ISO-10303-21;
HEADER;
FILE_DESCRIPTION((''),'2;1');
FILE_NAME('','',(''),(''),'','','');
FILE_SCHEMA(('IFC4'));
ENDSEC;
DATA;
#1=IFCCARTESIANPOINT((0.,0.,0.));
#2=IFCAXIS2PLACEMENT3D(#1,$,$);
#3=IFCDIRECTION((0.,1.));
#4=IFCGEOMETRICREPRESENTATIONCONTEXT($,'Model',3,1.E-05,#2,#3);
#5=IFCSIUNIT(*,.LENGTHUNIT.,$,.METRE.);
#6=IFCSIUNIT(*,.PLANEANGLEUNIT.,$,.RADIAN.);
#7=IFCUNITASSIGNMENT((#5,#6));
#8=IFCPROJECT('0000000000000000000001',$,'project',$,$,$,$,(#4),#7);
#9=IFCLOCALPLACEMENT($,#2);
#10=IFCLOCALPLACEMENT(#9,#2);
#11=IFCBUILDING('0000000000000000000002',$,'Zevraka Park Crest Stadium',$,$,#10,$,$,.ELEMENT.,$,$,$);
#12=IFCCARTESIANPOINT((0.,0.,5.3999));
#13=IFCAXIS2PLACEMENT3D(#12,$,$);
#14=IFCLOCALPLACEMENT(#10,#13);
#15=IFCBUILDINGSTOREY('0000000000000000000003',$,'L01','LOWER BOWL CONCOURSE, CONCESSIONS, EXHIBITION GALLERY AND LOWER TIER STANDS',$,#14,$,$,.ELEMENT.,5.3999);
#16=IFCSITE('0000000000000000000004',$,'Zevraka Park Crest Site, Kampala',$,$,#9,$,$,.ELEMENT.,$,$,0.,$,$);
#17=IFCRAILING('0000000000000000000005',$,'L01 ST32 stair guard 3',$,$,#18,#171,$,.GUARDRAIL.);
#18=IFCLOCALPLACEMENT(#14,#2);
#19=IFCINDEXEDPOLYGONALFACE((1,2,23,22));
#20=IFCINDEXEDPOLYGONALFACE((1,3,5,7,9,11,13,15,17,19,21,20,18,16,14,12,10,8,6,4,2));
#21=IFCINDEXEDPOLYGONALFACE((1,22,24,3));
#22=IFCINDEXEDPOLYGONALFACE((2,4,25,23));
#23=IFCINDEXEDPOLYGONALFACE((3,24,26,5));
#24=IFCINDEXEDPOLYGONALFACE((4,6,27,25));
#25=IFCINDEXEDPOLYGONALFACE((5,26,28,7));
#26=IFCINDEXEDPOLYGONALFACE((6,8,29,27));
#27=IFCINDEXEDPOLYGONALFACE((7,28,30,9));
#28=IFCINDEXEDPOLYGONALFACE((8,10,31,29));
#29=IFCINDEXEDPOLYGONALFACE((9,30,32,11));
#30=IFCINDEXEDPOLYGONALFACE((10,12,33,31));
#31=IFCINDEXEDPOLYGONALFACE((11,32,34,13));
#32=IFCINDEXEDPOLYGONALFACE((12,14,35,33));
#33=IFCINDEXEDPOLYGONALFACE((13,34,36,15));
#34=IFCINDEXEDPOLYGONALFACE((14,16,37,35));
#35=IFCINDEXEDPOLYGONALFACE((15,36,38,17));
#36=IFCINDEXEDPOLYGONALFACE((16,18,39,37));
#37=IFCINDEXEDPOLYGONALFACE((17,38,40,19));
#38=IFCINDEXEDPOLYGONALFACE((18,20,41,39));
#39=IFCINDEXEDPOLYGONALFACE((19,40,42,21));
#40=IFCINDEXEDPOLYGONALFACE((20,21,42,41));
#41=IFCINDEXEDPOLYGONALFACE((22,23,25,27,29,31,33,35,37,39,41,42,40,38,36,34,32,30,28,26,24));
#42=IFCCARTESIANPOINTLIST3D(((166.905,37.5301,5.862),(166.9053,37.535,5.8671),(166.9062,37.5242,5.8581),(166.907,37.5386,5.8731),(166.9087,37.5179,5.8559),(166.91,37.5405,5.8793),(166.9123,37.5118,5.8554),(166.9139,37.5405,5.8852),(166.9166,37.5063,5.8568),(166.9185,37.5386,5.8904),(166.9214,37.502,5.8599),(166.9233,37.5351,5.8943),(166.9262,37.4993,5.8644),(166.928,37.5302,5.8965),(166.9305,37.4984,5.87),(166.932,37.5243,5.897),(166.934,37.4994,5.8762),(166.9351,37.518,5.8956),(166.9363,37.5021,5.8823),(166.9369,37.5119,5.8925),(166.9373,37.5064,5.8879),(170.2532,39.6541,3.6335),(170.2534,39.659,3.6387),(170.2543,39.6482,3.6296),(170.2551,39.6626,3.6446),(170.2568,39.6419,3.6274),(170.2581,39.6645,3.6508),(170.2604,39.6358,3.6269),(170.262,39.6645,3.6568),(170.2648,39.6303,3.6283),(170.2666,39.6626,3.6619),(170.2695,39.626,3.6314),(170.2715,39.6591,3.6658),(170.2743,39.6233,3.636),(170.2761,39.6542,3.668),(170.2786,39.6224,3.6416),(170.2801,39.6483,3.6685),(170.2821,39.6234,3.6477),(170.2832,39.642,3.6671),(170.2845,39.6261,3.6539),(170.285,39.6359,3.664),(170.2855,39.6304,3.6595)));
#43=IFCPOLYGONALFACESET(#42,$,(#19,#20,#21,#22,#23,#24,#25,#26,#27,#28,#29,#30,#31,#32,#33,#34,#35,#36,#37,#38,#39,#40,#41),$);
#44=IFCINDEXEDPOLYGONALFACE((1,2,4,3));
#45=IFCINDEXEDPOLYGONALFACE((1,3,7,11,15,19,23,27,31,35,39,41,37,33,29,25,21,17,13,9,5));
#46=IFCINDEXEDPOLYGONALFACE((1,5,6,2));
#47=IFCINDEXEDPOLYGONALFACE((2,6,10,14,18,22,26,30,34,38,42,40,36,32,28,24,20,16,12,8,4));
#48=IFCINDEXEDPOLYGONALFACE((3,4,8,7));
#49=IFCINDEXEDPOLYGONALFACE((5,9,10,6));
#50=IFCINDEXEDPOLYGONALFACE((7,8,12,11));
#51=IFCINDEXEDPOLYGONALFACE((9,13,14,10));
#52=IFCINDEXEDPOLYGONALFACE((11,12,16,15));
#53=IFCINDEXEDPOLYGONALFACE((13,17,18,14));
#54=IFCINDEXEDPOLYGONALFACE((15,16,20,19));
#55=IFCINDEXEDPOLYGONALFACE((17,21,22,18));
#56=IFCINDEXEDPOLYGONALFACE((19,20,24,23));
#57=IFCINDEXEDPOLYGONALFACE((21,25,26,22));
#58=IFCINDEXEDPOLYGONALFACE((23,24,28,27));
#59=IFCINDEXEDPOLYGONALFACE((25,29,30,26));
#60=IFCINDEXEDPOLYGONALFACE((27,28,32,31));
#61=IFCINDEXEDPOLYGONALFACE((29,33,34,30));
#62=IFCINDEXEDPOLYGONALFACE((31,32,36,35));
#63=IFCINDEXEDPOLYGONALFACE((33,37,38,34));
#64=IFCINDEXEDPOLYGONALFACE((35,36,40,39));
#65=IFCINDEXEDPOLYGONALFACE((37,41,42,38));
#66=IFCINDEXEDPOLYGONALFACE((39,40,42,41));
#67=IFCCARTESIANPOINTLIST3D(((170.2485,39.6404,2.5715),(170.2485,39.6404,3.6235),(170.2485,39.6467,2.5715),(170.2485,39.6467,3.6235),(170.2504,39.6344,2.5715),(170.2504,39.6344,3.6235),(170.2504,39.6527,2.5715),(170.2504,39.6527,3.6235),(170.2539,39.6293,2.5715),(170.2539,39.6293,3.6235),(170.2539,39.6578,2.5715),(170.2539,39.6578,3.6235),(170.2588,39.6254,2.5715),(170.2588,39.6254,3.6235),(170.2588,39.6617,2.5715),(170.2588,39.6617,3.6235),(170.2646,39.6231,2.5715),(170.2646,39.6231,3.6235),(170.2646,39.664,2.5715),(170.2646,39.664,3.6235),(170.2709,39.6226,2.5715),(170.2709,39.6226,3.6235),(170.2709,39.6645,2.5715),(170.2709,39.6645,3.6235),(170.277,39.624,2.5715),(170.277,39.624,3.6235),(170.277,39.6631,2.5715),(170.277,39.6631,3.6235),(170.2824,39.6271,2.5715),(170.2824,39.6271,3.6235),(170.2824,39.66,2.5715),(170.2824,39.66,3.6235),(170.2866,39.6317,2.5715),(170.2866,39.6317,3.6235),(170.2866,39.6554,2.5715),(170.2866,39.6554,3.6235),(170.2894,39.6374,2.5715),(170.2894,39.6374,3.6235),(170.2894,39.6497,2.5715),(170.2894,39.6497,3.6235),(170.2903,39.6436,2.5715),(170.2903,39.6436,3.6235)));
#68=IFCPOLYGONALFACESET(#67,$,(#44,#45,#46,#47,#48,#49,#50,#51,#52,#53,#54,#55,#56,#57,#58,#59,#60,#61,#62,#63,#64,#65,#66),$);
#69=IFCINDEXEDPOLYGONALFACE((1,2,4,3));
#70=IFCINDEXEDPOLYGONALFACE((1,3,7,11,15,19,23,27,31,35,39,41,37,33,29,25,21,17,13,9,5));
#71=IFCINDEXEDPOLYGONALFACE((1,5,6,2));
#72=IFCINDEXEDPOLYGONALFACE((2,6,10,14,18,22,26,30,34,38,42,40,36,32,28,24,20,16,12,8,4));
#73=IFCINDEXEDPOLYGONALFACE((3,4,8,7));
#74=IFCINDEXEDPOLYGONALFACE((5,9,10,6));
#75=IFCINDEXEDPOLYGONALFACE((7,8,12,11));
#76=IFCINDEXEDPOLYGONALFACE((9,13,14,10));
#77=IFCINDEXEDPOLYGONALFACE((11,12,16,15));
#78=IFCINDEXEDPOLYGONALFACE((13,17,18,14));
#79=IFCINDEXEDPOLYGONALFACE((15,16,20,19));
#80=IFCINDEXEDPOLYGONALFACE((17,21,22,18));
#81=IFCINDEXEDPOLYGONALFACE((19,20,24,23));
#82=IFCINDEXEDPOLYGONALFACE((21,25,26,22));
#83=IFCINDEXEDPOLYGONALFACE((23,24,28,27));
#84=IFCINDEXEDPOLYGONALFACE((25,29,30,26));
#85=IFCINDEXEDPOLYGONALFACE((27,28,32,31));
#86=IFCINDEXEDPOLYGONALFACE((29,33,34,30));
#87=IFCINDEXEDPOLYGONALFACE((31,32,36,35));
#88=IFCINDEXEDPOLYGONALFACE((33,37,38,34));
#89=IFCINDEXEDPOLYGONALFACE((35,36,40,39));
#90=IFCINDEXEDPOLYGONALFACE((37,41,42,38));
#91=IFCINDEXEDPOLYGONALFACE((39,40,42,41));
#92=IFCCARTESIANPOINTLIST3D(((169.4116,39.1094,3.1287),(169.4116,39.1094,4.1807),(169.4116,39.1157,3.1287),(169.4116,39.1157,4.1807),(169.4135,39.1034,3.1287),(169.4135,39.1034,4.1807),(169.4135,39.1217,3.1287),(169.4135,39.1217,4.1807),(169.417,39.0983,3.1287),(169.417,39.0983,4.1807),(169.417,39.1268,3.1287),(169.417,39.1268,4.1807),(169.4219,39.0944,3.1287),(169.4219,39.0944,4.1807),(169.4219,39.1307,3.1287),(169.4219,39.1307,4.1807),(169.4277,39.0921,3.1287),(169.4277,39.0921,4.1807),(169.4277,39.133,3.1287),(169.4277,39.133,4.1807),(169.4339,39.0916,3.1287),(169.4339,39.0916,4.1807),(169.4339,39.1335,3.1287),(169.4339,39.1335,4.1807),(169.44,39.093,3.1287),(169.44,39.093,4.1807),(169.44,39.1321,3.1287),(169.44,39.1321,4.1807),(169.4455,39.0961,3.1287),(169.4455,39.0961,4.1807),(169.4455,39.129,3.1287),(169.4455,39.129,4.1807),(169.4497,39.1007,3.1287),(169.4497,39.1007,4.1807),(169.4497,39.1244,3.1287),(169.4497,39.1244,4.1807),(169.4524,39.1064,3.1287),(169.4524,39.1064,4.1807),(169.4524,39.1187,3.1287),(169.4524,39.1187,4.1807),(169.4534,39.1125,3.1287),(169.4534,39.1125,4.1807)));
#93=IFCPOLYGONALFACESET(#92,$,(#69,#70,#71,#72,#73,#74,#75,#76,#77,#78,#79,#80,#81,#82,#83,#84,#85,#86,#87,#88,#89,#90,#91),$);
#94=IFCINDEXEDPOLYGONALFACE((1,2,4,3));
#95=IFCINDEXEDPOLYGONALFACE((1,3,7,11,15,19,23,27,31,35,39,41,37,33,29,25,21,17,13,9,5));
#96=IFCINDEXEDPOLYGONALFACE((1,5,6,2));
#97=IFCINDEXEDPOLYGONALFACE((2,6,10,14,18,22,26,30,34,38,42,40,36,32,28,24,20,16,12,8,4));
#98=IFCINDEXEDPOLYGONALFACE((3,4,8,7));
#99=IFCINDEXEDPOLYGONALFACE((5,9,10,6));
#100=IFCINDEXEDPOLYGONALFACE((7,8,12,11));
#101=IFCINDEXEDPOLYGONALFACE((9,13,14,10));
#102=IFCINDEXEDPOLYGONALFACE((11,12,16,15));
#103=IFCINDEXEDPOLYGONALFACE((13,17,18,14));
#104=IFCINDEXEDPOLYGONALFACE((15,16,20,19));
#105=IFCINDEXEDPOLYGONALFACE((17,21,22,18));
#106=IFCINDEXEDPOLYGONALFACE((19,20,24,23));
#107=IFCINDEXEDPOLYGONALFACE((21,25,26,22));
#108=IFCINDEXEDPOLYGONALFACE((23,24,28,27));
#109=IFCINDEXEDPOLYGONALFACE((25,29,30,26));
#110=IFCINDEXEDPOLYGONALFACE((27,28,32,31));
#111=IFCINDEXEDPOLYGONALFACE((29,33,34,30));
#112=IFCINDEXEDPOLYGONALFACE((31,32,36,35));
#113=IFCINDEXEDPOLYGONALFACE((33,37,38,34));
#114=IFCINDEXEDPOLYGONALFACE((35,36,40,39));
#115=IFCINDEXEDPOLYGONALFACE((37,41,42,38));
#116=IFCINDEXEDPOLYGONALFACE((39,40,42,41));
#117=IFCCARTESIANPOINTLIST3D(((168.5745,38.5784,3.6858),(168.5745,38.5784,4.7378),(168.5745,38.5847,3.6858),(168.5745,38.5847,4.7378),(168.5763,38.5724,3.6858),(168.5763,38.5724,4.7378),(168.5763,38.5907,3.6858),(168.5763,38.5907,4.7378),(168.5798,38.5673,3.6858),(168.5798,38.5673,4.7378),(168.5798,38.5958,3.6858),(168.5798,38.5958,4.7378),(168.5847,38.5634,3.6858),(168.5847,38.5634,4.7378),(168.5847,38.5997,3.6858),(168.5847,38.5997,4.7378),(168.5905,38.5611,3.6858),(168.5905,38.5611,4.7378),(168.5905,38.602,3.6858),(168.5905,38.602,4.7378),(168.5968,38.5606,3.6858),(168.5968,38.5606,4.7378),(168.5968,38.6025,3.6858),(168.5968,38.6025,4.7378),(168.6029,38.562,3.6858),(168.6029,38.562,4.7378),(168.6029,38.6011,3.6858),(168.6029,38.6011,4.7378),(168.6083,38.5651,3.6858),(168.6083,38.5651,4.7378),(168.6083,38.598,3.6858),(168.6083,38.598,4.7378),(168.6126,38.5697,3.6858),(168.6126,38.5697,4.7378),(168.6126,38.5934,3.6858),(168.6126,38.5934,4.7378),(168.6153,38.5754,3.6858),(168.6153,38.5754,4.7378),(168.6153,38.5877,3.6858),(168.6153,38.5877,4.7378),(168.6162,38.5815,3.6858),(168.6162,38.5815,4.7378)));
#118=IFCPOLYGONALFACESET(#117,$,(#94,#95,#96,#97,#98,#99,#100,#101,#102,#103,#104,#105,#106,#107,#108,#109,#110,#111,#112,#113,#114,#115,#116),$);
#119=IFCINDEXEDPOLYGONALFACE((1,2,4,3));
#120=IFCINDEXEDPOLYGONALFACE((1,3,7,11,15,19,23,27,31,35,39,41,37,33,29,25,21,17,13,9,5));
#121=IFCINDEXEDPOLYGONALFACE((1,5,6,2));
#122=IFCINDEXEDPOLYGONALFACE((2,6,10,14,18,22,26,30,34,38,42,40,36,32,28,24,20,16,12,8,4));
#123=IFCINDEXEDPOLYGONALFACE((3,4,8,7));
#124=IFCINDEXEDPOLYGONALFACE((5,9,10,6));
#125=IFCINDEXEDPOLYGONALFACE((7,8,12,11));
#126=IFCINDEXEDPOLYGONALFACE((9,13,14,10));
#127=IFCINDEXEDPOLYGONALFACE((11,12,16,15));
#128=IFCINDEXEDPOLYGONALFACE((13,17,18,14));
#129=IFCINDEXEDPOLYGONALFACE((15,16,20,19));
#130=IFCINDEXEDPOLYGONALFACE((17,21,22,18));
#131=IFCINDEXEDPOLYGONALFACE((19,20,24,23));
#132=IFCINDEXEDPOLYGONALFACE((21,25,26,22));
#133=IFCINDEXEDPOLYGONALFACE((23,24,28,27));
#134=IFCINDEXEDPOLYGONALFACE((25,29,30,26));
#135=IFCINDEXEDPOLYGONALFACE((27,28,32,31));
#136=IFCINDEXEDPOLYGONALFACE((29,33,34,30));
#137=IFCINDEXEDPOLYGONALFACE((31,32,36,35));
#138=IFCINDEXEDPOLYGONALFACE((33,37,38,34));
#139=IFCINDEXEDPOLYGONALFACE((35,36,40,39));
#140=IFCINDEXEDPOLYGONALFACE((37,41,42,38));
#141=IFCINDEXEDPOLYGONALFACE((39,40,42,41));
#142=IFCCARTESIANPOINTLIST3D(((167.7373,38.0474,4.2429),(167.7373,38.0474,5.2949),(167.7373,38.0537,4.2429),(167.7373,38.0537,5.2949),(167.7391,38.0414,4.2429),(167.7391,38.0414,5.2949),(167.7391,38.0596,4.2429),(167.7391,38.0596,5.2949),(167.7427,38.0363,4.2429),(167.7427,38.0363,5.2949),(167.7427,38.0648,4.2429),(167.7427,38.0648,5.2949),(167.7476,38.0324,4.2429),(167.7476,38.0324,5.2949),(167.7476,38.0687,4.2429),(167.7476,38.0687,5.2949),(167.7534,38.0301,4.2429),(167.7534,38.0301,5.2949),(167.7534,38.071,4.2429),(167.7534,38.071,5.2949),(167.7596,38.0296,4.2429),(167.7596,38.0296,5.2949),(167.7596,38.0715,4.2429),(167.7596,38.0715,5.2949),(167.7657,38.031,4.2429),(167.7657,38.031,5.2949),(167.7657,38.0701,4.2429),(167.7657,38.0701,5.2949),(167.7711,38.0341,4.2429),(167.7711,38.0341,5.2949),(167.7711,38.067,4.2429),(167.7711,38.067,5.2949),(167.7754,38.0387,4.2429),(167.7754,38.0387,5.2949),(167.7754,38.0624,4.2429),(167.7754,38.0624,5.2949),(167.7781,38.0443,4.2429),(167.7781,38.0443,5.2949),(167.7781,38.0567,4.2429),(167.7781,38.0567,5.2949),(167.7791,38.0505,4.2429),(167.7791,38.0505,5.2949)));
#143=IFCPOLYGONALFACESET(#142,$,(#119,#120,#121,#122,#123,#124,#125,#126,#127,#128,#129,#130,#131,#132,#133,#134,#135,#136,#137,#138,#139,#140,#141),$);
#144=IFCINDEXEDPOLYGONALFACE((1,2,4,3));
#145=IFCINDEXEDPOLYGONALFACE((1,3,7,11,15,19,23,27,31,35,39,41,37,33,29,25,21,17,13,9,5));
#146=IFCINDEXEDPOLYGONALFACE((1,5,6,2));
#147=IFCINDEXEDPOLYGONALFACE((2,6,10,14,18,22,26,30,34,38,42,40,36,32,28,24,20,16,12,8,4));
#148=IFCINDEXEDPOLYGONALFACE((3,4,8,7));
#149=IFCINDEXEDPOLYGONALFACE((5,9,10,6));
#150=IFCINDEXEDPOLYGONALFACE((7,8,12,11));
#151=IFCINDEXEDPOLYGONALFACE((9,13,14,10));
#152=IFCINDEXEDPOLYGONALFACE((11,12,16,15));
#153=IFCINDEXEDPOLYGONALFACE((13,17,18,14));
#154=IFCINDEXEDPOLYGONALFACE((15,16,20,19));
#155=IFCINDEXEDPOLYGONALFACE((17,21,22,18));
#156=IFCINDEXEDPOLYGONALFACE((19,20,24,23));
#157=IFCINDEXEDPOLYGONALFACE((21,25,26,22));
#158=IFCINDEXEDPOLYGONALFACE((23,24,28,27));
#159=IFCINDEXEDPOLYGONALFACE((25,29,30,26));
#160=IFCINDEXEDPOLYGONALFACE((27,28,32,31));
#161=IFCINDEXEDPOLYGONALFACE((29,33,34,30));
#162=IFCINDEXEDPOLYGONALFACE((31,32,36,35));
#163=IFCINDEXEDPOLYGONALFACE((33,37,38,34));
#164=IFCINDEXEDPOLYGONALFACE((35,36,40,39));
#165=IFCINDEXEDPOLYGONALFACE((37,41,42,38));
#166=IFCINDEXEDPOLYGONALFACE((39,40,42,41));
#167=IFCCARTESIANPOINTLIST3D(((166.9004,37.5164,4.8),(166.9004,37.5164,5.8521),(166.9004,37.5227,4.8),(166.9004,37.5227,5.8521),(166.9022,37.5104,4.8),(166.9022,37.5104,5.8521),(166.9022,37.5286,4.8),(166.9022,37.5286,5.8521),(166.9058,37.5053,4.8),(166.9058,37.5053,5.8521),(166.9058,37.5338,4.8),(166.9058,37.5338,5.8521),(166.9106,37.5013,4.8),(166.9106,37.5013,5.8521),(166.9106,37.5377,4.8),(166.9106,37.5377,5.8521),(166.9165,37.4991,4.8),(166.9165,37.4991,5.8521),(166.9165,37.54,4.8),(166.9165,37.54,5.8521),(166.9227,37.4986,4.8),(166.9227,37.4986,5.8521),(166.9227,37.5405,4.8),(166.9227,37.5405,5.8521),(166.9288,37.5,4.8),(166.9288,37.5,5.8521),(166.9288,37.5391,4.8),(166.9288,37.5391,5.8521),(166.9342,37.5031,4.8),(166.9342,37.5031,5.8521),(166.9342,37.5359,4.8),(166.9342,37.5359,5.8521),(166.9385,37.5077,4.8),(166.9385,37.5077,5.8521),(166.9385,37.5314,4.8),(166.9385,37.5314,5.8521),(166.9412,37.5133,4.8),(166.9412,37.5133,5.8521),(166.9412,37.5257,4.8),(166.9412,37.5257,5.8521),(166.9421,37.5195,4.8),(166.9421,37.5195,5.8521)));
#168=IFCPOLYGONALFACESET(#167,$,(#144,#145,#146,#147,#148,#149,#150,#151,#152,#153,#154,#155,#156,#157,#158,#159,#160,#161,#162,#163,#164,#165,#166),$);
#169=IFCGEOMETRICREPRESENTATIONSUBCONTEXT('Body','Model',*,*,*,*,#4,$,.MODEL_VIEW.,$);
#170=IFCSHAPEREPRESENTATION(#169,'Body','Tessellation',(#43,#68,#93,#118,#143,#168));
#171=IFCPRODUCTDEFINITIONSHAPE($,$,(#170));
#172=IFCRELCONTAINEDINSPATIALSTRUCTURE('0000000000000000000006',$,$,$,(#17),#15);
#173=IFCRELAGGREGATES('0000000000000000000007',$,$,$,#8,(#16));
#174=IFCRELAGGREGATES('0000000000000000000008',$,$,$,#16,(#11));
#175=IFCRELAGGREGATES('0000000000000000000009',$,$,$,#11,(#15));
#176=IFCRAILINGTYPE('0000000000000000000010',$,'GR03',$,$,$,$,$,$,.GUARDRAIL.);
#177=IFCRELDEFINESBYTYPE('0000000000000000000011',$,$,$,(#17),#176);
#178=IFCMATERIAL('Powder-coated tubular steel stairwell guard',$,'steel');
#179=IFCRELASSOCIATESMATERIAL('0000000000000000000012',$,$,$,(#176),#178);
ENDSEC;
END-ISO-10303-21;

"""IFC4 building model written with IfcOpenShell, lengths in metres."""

from ifc_helpers import new_model, si_unit, direction, frame, origin, origin_2d, place, context, subcontext, project, spatial, circle, extrude, material, type_object, element, save


model = new_model("IFC4")

# Units and contexts
model_context = context("Model", 3, precision=1e-05, world=origin(), true_north=direction((0.0, 1.0)))
body_context = subcontext(model_context, "Body", "Model", "MODEL_VIEW")
ifc_project = project(units=[si_unit("LENGTHUNIT", "METRE"), si_unit("PLANEANGLEUNIT", "RADIAN")], contexts=[model_context])

# Site, building, storey
site_placement = place(None, origin())
site = spatial("IfcSite", under=ifc_project, at=site_placement, Name="Zevraka Park Crest Site, Kampala", CompositionType="ELEMENT", RefElevation=0.0)
building_placement = place(site_placement, origin())
building = spatial("IfcBuilding", under=site, at=building_placement, Name="Zevraka Park Crest Stadium", CompositionType="ELEMENT")
storey_placement = place(building_placement, frame((0.0, 0.0, 5.3999)))
storey = spatial("IfcBuildingStorey", under=building, at=storey_placement, Name="L01", Description="LOWER BOWL CONCOURSE, CONCESSIONS, EXHIBITION GALLERY AND LOWER TIER STANDS", CompositionType="ELEMENT", Elevation=5.3999)

# Railing
ifc_material_1 = material(Name="Powder-coated tubular steel stairwell guard", Category="steel")
railing_type_1 = type_object("IfcRailingType", Name="GR03", PredefinedType="GUARDRAIL", material=ifc_material_1)
railing_1_placement = place(storey_placement, frame((170.2693, 39.6436, 2.5715)))
element("IfcRailing", 1, at=railing_1_placement, inside=storey, type_object=railing_type_1, Name="L01 ST32 stair guard 3", PredefinedType="GUARDRAIL", context=body_context, shape_type="SweptSolid", body=[
    extrude(circle(Radius=0.0239, at=origin_2d()), frame((0.0, 0.0, 1.0762), z_axis=(-0.736117, -0.466984, 0.489957), x_axis=(0.535688, -0.844416, 0.0)), (0.0, 0.0, 1.0), 4.5483),
    extrude(circle(Radius=0.021, at=origin_2d()), origin(), (0.0, 0.0, 1.0), 1.052),
    extrude(circle(Radius=0.021, at=origin_2d()), frame((-0.8369, -0.531, 0.5571)), (0.0, 0.0, 1.0), 1.052),
    extrude(circle(Radius=0.021, at=origin_2d()), frame((-1.6741, -1.062, 1.1143)), (0.0, 0.0, 1.0), 1.052),
    extrude(circle(Radius=0.021, at=origin_2d()), frame((-2.5112, -1.593, 1.6714)), (0.0, 0.0, 1.0), 1.052),
    extrude(circle(Radius=0.021, at=origin_2d()), frame((-3.3481, -2.124, 2.2285)), (0.0, 0.0, 1.0), 1.052),
])

save(model, "model.ifc")
